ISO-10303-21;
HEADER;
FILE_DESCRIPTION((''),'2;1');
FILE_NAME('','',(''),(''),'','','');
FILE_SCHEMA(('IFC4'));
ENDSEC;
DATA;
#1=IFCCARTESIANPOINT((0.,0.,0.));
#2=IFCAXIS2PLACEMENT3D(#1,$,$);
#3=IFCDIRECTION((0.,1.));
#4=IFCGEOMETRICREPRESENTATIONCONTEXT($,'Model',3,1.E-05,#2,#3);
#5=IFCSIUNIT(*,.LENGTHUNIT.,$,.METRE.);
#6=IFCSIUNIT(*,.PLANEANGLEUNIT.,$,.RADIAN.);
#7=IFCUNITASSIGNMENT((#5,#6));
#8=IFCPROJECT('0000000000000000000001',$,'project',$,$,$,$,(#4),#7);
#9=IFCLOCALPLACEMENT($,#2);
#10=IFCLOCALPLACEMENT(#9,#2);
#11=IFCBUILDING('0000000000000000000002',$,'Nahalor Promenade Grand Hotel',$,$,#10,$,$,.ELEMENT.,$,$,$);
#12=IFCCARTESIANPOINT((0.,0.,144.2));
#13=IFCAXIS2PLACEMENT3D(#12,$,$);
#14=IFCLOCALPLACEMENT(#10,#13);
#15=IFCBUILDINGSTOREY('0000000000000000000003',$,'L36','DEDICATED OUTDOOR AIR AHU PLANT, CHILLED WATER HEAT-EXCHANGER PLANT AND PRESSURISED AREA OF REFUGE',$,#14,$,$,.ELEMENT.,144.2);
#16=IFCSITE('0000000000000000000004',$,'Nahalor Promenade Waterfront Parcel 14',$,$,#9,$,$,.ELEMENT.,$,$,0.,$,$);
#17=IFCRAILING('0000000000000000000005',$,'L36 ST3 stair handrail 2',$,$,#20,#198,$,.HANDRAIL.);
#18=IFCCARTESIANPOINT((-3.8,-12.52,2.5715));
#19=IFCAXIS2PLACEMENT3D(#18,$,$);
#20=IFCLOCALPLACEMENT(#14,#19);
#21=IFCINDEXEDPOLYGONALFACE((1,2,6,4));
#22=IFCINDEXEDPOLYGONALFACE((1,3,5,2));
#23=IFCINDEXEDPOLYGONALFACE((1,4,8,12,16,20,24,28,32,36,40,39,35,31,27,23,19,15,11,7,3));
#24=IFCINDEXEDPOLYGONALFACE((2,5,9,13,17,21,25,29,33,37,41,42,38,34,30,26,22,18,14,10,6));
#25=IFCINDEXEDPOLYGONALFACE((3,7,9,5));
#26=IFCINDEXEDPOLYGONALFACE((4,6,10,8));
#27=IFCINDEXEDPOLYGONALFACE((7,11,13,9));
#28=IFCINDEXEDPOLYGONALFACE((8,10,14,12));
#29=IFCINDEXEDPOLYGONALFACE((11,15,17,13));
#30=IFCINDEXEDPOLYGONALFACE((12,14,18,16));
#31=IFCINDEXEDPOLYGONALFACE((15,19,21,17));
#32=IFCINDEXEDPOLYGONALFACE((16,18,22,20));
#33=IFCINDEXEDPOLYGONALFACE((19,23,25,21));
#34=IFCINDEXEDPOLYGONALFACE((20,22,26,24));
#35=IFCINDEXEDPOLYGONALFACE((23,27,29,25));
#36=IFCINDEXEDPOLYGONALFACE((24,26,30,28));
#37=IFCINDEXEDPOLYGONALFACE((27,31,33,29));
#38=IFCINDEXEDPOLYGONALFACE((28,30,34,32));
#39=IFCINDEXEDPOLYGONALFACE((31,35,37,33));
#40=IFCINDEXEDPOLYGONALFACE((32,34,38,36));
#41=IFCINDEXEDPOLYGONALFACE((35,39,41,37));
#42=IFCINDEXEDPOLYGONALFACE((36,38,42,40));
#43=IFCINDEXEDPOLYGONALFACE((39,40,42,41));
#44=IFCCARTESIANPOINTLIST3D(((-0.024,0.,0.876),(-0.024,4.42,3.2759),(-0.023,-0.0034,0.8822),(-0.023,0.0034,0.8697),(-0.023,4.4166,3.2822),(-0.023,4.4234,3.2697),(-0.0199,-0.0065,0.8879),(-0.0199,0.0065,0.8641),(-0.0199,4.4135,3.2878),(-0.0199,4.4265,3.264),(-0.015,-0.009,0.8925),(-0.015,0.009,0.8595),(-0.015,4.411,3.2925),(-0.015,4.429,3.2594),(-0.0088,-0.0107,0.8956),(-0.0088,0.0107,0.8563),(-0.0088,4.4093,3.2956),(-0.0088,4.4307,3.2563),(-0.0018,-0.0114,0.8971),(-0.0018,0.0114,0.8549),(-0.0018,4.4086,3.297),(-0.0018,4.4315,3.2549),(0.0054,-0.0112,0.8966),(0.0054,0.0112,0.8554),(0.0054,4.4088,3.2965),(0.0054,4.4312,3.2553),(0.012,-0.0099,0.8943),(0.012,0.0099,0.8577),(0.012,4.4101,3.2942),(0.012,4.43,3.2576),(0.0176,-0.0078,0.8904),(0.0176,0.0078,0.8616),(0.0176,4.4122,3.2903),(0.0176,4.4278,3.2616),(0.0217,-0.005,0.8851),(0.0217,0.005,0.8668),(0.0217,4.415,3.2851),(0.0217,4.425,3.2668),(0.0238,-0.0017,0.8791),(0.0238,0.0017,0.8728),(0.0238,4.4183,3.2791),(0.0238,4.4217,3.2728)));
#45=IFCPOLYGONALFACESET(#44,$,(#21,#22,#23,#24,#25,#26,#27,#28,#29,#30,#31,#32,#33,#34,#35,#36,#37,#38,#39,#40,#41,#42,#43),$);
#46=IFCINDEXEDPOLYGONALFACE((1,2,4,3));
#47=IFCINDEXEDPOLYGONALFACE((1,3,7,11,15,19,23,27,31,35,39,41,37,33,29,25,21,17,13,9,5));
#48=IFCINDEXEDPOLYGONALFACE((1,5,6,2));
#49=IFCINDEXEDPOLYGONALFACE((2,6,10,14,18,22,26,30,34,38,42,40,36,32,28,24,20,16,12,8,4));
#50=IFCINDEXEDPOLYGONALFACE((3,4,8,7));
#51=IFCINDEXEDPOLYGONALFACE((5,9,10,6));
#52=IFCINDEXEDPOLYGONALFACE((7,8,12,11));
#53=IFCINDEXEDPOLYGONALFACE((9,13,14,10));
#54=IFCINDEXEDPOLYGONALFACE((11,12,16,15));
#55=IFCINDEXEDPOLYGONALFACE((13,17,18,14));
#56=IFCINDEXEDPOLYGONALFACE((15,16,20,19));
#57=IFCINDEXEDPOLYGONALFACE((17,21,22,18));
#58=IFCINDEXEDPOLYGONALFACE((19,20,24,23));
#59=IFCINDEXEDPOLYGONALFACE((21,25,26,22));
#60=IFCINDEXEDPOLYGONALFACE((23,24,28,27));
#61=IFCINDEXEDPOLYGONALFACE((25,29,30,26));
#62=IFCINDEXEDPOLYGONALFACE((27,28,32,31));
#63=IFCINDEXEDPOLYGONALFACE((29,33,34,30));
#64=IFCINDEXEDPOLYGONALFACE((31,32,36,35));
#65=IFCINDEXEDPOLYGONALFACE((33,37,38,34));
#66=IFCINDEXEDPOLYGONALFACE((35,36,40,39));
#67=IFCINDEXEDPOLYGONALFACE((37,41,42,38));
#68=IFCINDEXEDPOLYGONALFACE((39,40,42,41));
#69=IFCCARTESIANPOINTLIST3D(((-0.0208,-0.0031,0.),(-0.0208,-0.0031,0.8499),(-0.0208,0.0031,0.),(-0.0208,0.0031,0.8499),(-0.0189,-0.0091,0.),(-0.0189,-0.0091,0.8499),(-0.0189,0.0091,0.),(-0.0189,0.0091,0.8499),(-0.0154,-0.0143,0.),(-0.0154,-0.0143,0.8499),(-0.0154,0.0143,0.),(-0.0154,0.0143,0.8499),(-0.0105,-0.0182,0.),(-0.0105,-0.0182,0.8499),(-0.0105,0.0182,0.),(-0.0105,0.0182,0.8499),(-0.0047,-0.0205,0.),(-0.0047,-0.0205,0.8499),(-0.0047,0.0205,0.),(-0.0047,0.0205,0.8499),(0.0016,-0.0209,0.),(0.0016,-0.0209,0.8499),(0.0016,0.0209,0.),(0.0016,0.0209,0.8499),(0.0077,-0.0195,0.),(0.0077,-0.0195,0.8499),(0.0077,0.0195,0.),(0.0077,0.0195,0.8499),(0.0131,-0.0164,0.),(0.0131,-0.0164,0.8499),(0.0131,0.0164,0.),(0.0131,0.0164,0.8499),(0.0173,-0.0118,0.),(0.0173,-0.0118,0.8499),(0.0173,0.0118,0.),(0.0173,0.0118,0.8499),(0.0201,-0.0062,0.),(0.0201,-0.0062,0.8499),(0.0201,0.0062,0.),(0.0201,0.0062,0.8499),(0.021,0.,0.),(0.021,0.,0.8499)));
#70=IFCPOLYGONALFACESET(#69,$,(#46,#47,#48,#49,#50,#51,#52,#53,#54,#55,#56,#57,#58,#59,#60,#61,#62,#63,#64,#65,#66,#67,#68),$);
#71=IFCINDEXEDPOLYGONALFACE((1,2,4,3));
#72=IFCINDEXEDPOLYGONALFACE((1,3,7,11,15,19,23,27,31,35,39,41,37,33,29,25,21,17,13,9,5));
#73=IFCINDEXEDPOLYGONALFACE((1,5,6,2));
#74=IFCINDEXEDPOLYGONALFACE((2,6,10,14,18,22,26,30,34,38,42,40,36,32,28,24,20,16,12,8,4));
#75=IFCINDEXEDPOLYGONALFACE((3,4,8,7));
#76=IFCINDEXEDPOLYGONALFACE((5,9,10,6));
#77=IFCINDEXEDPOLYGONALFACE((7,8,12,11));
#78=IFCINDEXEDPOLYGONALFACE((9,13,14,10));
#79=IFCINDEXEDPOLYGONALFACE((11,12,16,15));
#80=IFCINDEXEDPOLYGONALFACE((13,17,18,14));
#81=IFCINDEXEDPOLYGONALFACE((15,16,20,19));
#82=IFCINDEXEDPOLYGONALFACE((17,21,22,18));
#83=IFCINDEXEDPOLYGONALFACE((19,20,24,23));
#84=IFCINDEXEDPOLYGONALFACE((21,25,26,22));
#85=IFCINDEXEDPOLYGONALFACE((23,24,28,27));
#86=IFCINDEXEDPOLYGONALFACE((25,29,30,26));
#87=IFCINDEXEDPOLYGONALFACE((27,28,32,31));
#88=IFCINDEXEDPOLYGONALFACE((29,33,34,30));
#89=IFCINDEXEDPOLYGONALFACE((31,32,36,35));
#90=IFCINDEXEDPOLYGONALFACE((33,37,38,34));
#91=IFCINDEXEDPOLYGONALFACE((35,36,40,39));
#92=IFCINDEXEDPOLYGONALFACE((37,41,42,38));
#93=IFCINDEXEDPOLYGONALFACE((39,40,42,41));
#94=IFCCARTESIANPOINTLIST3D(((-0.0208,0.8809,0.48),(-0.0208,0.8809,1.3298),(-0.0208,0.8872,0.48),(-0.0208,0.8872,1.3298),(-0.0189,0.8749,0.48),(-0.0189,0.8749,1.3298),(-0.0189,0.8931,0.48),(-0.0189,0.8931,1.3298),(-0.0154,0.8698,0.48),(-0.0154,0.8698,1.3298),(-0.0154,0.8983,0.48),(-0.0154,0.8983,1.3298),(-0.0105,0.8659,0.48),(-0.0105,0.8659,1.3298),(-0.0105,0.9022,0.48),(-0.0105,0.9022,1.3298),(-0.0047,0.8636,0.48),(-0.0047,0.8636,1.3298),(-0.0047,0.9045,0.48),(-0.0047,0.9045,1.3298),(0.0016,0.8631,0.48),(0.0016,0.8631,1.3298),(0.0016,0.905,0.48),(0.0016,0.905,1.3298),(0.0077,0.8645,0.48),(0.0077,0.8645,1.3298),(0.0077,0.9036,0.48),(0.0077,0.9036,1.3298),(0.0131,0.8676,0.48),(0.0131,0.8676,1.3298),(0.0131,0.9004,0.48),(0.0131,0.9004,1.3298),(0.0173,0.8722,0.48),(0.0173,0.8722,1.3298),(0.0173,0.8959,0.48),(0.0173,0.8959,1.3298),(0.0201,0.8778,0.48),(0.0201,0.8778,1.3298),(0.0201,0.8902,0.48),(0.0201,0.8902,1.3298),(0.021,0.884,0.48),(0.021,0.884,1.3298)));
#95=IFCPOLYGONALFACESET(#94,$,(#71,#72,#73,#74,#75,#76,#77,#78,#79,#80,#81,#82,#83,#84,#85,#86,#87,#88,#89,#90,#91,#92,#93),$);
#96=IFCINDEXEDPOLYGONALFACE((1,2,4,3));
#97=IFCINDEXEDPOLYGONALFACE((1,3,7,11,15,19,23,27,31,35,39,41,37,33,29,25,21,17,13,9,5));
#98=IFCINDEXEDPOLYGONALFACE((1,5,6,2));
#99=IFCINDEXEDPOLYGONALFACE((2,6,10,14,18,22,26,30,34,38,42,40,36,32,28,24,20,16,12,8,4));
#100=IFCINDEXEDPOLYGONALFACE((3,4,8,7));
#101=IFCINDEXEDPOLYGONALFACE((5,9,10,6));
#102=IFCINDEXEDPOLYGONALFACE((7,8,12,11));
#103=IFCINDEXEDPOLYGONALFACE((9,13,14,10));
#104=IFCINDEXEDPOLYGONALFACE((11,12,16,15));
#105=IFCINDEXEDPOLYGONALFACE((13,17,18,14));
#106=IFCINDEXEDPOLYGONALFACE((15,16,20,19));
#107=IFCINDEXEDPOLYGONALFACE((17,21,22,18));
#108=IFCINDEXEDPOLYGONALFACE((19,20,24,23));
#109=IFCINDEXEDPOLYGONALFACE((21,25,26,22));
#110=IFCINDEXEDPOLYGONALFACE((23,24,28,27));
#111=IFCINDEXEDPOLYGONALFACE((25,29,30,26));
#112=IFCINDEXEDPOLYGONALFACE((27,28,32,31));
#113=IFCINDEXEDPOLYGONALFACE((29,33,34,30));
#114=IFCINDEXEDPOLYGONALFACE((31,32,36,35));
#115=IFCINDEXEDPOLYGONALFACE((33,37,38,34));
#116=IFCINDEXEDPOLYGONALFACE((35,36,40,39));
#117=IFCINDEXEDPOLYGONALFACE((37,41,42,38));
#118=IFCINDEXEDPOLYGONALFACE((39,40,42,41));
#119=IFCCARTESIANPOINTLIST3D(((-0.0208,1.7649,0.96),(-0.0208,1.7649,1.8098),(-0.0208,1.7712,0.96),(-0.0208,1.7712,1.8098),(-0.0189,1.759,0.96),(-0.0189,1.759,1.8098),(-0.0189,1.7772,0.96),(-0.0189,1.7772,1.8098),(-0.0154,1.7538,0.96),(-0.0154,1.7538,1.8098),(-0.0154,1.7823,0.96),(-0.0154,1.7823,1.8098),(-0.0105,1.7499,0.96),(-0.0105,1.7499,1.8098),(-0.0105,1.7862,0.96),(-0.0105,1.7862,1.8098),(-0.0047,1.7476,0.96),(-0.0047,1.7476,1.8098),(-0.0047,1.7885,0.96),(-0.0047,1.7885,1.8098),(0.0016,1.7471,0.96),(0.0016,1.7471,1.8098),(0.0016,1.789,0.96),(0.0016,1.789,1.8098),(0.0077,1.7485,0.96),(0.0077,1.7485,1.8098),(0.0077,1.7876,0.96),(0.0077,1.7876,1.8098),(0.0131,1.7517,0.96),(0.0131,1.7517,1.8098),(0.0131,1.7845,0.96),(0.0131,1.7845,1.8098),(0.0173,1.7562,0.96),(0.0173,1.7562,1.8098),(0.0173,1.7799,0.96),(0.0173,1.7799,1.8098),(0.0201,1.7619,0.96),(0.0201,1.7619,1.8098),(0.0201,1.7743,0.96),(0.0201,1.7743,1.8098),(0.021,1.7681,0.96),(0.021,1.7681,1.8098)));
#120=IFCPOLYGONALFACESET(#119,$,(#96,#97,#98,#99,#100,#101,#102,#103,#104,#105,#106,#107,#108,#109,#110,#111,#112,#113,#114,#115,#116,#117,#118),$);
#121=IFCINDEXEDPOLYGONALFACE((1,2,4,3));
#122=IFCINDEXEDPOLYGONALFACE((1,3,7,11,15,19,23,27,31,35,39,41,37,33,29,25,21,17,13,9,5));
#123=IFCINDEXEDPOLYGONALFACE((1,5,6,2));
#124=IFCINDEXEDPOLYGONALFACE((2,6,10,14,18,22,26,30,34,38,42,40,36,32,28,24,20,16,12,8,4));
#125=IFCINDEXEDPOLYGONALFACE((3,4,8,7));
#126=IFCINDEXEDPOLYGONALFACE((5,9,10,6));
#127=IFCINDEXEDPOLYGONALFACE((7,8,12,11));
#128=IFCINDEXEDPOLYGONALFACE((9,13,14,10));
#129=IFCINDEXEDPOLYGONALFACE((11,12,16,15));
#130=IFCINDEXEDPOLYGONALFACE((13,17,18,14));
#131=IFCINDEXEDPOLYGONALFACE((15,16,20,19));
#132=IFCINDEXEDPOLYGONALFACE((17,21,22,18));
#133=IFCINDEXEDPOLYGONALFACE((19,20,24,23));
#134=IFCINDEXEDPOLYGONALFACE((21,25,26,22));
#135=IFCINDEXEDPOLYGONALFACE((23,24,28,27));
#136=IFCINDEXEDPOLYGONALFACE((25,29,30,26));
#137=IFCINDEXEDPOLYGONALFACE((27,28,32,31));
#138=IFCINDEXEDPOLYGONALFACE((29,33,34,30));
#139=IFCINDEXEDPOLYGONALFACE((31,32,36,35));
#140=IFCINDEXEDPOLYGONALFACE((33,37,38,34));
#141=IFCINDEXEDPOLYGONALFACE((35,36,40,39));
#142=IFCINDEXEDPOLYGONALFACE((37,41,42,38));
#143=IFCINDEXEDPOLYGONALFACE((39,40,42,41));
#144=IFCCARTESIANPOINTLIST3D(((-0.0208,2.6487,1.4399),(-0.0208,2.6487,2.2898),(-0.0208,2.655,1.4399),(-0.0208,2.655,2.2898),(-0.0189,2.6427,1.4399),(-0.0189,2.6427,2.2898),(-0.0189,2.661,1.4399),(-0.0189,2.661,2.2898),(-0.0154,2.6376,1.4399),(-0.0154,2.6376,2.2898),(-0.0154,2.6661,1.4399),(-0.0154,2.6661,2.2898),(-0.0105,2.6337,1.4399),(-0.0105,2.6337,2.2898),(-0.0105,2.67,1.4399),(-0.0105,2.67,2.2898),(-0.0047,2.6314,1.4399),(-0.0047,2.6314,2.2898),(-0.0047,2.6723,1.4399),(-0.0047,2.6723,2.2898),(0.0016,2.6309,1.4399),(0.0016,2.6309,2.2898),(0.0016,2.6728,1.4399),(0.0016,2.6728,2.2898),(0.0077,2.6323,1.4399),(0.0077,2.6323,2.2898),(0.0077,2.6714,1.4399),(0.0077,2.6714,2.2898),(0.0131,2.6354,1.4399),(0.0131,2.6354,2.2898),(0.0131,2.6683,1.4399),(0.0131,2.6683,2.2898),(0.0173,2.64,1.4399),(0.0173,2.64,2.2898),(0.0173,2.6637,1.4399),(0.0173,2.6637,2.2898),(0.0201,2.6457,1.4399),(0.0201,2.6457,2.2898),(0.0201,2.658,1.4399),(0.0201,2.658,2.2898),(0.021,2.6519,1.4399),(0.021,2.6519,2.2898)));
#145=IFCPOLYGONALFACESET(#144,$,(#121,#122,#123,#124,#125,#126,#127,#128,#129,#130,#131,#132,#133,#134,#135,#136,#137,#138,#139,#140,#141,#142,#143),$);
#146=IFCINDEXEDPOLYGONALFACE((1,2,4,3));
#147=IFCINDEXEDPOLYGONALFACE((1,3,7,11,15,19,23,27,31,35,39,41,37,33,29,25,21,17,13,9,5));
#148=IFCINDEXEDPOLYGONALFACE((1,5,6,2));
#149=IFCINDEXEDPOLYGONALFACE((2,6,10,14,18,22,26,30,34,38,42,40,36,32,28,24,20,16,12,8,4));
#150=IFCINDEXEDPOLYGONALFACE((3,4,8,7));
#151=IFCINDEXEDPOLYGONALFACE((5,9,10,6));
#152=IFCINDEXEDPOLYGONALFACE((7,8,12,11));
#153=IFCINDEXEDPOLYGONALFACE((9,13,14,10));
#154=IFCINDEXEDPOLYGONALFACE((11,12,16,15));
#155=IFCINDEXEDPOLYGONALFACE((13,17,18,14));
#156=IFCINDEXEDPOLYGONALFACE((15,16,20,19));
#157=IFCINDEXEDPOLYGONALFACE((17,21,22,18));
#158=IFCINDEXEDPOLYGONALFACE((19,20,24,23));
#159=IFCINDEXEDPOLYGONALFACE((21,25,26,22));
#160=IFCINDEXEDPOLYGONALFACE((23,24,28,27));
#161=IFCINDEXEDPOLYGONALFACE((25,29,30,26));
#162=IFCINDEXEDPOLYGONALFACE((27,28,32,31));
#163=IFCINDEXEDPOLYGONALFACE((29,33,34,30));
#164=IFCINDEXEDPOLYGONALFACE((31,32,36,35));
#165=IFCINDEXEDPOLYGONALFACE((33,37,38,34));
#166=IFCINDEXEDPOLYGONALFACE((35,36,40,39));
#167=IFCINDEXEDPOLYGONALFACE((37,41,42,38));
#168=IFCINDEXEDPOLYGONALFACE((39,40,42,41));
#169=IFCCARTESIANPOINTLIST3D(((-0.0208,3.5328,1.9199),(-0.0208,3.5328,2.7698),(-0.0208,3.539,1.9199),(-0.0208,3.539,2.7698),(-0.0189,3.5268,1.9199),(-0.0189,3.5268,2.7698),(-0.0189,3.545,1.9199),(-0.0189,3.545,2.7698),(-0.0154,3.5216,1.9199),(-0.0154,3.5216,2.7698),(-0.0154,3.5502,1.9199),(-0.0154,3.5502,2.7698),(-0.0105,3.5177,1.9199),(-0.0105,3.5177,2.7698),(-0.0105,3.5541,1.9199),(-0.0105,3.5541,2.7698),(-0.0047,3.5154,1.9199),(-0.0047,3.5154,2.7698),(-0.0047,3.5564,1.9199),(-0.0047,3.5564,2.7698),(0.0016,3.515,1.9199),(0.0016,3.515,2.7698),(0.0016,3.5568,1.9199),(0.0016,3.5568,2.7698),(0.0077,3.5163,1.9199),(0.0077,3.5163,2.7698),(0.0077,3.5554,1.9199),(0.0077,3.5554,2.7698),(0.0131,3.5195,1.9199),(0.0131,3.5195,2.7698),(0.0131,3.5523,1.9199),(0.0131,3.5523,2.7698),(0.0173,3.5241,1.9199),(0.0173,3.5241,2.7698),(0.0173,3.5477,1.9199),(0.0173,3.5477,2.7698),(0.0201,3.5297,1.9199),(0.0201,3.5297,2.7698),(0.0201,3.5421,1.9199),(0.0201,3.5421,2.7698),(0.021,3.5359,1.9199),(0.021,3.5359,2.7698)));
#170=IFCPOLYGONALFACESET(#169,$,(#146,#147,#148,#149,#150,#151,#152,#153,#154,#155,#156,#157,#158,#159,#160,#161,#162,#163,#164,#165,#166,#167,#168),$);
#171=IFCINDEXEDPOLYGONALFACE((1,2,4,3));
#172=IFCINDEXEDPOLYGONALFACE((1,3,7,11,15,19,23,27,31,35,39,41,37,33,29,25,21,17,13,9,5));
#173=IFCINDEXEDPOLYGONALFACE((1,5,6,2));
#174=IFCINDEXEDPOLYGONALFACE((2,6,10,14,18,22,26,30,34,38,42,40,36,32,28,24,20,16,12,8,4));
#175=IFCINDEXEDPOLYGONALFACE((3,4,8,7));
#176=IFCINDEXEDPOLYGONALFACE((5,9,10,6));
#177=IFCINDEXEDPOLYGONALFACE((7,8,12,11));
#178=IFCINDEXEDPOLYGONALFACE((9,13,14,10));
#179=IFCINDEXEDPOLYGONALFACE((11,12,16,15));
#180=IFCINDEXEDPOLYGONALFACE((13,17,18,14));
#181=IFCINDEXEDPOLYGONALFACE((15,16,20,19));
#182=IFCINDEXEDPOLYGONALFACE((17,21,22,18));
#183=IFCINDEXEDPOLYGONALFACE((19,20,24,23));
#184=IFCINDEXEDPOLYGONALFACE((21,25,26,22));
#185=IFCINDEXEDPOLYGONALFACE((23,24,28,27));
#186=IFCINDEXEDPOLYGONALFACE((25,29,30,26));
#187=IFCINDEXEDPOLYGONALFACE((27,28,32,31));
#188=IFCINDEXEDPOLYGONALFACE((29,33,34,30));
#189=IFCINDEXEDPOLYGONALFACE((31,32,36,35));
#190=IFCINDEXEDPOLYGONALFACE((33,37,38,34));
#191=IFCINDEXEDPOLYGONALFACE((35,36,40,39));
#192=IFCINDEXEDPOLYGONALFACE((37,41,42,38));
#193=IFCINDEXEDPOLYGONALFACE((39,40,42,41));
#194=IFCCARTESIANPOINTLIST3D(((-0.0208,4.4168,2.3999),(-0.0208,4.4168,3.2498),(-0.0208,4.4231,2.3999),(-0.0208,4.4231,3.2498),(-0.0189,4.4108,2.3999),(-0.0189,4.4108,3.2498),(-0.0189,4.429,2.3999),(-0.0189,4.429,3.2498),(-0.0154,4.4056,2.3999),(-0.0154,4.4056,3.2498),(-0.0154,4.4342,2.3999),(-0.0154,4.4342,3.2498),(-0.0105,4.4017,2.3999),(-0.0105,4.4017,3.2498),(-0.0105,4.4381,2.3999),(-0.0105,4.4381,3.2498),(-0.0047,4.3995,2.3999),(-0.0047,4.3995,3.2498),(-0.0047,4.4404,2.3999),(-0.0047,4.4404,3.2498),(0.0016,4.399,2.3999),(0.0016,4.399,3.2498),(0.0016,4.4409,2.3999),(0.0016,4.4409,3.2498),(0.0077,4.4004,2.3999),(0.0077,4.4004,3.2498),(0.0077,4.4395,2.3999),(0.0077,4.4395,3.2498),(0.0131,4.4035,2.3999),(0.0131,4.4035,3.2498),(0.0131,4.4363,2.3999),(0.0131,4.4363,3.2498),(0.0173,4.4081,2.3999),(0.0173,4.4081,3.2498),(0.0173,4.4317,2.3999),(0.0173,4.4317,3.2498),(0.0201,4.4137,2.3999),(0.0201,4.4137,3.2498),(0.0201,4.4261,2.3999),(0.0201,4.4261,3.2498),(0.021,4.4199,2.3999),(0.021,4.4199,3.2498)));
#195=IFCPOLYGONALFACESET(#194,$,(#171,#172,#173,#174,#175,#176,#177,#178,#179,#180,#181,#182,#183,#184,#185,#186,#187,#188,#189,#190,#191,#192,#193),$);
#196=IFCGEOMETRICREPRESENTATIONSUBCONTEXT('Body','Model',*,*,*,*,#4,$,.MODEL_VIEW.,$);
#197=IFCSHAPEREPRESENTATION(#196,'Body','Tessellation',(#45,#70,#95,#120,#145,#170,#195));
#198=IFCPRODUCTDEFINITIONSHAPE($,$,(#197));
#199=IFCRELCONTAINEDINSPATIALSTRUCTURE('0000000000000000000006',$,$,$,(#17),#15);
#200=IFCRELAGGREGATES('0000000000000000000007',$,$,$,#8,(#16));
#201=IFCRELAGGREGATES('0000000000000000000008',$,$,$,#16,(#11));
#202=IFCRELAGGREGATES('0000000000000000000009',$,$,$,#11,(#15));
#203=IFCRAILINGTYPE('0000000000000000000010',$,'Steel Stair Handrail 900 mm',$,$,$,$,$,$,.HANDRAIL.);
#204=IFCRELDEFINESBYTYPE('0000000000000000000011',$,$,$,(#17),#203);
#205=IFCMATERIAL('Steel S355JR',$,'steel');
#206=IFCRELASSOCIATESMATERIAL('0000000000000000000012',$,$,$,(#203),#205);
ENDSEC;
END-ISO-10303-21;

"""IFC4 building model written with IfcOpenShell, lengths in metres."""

from ifc_helpers import new_model, si_unit, direction, frame, origin, origin_2d, place, context, subcontext, project, spatial, circle, extrude, material, type_object, element, save


model = new_model("IFC4")

# Units and contexts
model_context = context("Model", 3, precision=1e-05, world=origin(), true_north=direction((0.0, 1.0)))
body_context = subcontext(model_context, "Body", "Model", "MODEL_VIEW")
ifc_project = project(units=[si_unit("LENGTHUNIT", "METRE"), si_unit("PLANEANGLEUNIT", "RADIAN")], contexts=[model_context])

# Site, building, storey
site_placement = place(None, origin())
site = spatial("IfcSite", under=ifc_project, at=site_placement, Name="Nahalor Promenade Waterfront Parcel 14", CompositionType="ELEMENT", RefElevation=0.0)
building_placement = place(site_placement, origin())
building = spatial("IfcBuilding", under=site, at=building_placement, Name="Nahalor Promenade Grand Hotel", CompositionType="ELEMENT")
storey_placement = place(building_placement, frame((0.0, 0.0, 144.2)))
storey = spatial("IfcBuildingStorey", under=building, at=storey_placement, Name="L36", Description="DEDICATED OUTDOOR AIR AHU PLANT, CHILLED WATER HEAT-EXCHANGER PLANT AND PRESSURISED AREA OF REFUGE", CompositionType="ELEMENT", Elevation=144.2)

# Shared definitions
ifc_material_1 = material(Name="Steel S355JR", Category="steel")

# Railing
railing_type_1 = type_object("IfcRailingType", Name="Steel Stair Handrail 900 mm", PredefinedType="HANDRAIL", material=ifc_material_1)
railing_1_placement = place(storey_placement, frame((-3.8, -12.52, 2.5715)))
element("IfcRailing", 1, at=railing_1_placement, inside=storey, type_object=railing_type_1, Name="L36 ST3 stair handrail 2", PredefinedType="HANDRAIL", context=body_context, shape_type="SweptSolid", body=[
    extrude(circle(Radius=0.024, at=origin_2d()), frame((0.0, 0.0, 0.876), z_axis=(0.0, 0.87881, 0.477171), x_axis=(-1.0, 0.0, 0.0)), (0.0, 0.0, 1.0), 5.0295),
    extrude(circle(Radius=0.021, at=origin_2d()), origin(), (0.0, 0.0, 1.0), 0.8499),
    extrude(circle(Radius=0.021, at=origin_2d()), frame((0.0, 0.884, 0.48)), (0.0, 0.0, 1.0), 0.8499),
    extrude(circle(Radius=0.021, at=origin_2d()), frame((0.0, 1.7681, 0.96)), (0.0, 0.0, 1.0), 0.8499),
    extrude(circle(Radius=0.021, at=origin_2d()), frame((0.0, 2.6519, 1.4399)), (0.0, 0.0, 1.0), 0.8499),
    extrude(circle(Radius=0.021, at=origin_2d()), frame((0.0, 3.5359, 1.9199)), (0.0, 0.0, 1.0), 0.8499),
    extrude(circle(Radius=0.021, at=origin_2d()), frame((0.0, 4.4199, 2.3999)), (0.0, 0.0, 1.0), 0.8499),
])

save(model, "model.ifc")
